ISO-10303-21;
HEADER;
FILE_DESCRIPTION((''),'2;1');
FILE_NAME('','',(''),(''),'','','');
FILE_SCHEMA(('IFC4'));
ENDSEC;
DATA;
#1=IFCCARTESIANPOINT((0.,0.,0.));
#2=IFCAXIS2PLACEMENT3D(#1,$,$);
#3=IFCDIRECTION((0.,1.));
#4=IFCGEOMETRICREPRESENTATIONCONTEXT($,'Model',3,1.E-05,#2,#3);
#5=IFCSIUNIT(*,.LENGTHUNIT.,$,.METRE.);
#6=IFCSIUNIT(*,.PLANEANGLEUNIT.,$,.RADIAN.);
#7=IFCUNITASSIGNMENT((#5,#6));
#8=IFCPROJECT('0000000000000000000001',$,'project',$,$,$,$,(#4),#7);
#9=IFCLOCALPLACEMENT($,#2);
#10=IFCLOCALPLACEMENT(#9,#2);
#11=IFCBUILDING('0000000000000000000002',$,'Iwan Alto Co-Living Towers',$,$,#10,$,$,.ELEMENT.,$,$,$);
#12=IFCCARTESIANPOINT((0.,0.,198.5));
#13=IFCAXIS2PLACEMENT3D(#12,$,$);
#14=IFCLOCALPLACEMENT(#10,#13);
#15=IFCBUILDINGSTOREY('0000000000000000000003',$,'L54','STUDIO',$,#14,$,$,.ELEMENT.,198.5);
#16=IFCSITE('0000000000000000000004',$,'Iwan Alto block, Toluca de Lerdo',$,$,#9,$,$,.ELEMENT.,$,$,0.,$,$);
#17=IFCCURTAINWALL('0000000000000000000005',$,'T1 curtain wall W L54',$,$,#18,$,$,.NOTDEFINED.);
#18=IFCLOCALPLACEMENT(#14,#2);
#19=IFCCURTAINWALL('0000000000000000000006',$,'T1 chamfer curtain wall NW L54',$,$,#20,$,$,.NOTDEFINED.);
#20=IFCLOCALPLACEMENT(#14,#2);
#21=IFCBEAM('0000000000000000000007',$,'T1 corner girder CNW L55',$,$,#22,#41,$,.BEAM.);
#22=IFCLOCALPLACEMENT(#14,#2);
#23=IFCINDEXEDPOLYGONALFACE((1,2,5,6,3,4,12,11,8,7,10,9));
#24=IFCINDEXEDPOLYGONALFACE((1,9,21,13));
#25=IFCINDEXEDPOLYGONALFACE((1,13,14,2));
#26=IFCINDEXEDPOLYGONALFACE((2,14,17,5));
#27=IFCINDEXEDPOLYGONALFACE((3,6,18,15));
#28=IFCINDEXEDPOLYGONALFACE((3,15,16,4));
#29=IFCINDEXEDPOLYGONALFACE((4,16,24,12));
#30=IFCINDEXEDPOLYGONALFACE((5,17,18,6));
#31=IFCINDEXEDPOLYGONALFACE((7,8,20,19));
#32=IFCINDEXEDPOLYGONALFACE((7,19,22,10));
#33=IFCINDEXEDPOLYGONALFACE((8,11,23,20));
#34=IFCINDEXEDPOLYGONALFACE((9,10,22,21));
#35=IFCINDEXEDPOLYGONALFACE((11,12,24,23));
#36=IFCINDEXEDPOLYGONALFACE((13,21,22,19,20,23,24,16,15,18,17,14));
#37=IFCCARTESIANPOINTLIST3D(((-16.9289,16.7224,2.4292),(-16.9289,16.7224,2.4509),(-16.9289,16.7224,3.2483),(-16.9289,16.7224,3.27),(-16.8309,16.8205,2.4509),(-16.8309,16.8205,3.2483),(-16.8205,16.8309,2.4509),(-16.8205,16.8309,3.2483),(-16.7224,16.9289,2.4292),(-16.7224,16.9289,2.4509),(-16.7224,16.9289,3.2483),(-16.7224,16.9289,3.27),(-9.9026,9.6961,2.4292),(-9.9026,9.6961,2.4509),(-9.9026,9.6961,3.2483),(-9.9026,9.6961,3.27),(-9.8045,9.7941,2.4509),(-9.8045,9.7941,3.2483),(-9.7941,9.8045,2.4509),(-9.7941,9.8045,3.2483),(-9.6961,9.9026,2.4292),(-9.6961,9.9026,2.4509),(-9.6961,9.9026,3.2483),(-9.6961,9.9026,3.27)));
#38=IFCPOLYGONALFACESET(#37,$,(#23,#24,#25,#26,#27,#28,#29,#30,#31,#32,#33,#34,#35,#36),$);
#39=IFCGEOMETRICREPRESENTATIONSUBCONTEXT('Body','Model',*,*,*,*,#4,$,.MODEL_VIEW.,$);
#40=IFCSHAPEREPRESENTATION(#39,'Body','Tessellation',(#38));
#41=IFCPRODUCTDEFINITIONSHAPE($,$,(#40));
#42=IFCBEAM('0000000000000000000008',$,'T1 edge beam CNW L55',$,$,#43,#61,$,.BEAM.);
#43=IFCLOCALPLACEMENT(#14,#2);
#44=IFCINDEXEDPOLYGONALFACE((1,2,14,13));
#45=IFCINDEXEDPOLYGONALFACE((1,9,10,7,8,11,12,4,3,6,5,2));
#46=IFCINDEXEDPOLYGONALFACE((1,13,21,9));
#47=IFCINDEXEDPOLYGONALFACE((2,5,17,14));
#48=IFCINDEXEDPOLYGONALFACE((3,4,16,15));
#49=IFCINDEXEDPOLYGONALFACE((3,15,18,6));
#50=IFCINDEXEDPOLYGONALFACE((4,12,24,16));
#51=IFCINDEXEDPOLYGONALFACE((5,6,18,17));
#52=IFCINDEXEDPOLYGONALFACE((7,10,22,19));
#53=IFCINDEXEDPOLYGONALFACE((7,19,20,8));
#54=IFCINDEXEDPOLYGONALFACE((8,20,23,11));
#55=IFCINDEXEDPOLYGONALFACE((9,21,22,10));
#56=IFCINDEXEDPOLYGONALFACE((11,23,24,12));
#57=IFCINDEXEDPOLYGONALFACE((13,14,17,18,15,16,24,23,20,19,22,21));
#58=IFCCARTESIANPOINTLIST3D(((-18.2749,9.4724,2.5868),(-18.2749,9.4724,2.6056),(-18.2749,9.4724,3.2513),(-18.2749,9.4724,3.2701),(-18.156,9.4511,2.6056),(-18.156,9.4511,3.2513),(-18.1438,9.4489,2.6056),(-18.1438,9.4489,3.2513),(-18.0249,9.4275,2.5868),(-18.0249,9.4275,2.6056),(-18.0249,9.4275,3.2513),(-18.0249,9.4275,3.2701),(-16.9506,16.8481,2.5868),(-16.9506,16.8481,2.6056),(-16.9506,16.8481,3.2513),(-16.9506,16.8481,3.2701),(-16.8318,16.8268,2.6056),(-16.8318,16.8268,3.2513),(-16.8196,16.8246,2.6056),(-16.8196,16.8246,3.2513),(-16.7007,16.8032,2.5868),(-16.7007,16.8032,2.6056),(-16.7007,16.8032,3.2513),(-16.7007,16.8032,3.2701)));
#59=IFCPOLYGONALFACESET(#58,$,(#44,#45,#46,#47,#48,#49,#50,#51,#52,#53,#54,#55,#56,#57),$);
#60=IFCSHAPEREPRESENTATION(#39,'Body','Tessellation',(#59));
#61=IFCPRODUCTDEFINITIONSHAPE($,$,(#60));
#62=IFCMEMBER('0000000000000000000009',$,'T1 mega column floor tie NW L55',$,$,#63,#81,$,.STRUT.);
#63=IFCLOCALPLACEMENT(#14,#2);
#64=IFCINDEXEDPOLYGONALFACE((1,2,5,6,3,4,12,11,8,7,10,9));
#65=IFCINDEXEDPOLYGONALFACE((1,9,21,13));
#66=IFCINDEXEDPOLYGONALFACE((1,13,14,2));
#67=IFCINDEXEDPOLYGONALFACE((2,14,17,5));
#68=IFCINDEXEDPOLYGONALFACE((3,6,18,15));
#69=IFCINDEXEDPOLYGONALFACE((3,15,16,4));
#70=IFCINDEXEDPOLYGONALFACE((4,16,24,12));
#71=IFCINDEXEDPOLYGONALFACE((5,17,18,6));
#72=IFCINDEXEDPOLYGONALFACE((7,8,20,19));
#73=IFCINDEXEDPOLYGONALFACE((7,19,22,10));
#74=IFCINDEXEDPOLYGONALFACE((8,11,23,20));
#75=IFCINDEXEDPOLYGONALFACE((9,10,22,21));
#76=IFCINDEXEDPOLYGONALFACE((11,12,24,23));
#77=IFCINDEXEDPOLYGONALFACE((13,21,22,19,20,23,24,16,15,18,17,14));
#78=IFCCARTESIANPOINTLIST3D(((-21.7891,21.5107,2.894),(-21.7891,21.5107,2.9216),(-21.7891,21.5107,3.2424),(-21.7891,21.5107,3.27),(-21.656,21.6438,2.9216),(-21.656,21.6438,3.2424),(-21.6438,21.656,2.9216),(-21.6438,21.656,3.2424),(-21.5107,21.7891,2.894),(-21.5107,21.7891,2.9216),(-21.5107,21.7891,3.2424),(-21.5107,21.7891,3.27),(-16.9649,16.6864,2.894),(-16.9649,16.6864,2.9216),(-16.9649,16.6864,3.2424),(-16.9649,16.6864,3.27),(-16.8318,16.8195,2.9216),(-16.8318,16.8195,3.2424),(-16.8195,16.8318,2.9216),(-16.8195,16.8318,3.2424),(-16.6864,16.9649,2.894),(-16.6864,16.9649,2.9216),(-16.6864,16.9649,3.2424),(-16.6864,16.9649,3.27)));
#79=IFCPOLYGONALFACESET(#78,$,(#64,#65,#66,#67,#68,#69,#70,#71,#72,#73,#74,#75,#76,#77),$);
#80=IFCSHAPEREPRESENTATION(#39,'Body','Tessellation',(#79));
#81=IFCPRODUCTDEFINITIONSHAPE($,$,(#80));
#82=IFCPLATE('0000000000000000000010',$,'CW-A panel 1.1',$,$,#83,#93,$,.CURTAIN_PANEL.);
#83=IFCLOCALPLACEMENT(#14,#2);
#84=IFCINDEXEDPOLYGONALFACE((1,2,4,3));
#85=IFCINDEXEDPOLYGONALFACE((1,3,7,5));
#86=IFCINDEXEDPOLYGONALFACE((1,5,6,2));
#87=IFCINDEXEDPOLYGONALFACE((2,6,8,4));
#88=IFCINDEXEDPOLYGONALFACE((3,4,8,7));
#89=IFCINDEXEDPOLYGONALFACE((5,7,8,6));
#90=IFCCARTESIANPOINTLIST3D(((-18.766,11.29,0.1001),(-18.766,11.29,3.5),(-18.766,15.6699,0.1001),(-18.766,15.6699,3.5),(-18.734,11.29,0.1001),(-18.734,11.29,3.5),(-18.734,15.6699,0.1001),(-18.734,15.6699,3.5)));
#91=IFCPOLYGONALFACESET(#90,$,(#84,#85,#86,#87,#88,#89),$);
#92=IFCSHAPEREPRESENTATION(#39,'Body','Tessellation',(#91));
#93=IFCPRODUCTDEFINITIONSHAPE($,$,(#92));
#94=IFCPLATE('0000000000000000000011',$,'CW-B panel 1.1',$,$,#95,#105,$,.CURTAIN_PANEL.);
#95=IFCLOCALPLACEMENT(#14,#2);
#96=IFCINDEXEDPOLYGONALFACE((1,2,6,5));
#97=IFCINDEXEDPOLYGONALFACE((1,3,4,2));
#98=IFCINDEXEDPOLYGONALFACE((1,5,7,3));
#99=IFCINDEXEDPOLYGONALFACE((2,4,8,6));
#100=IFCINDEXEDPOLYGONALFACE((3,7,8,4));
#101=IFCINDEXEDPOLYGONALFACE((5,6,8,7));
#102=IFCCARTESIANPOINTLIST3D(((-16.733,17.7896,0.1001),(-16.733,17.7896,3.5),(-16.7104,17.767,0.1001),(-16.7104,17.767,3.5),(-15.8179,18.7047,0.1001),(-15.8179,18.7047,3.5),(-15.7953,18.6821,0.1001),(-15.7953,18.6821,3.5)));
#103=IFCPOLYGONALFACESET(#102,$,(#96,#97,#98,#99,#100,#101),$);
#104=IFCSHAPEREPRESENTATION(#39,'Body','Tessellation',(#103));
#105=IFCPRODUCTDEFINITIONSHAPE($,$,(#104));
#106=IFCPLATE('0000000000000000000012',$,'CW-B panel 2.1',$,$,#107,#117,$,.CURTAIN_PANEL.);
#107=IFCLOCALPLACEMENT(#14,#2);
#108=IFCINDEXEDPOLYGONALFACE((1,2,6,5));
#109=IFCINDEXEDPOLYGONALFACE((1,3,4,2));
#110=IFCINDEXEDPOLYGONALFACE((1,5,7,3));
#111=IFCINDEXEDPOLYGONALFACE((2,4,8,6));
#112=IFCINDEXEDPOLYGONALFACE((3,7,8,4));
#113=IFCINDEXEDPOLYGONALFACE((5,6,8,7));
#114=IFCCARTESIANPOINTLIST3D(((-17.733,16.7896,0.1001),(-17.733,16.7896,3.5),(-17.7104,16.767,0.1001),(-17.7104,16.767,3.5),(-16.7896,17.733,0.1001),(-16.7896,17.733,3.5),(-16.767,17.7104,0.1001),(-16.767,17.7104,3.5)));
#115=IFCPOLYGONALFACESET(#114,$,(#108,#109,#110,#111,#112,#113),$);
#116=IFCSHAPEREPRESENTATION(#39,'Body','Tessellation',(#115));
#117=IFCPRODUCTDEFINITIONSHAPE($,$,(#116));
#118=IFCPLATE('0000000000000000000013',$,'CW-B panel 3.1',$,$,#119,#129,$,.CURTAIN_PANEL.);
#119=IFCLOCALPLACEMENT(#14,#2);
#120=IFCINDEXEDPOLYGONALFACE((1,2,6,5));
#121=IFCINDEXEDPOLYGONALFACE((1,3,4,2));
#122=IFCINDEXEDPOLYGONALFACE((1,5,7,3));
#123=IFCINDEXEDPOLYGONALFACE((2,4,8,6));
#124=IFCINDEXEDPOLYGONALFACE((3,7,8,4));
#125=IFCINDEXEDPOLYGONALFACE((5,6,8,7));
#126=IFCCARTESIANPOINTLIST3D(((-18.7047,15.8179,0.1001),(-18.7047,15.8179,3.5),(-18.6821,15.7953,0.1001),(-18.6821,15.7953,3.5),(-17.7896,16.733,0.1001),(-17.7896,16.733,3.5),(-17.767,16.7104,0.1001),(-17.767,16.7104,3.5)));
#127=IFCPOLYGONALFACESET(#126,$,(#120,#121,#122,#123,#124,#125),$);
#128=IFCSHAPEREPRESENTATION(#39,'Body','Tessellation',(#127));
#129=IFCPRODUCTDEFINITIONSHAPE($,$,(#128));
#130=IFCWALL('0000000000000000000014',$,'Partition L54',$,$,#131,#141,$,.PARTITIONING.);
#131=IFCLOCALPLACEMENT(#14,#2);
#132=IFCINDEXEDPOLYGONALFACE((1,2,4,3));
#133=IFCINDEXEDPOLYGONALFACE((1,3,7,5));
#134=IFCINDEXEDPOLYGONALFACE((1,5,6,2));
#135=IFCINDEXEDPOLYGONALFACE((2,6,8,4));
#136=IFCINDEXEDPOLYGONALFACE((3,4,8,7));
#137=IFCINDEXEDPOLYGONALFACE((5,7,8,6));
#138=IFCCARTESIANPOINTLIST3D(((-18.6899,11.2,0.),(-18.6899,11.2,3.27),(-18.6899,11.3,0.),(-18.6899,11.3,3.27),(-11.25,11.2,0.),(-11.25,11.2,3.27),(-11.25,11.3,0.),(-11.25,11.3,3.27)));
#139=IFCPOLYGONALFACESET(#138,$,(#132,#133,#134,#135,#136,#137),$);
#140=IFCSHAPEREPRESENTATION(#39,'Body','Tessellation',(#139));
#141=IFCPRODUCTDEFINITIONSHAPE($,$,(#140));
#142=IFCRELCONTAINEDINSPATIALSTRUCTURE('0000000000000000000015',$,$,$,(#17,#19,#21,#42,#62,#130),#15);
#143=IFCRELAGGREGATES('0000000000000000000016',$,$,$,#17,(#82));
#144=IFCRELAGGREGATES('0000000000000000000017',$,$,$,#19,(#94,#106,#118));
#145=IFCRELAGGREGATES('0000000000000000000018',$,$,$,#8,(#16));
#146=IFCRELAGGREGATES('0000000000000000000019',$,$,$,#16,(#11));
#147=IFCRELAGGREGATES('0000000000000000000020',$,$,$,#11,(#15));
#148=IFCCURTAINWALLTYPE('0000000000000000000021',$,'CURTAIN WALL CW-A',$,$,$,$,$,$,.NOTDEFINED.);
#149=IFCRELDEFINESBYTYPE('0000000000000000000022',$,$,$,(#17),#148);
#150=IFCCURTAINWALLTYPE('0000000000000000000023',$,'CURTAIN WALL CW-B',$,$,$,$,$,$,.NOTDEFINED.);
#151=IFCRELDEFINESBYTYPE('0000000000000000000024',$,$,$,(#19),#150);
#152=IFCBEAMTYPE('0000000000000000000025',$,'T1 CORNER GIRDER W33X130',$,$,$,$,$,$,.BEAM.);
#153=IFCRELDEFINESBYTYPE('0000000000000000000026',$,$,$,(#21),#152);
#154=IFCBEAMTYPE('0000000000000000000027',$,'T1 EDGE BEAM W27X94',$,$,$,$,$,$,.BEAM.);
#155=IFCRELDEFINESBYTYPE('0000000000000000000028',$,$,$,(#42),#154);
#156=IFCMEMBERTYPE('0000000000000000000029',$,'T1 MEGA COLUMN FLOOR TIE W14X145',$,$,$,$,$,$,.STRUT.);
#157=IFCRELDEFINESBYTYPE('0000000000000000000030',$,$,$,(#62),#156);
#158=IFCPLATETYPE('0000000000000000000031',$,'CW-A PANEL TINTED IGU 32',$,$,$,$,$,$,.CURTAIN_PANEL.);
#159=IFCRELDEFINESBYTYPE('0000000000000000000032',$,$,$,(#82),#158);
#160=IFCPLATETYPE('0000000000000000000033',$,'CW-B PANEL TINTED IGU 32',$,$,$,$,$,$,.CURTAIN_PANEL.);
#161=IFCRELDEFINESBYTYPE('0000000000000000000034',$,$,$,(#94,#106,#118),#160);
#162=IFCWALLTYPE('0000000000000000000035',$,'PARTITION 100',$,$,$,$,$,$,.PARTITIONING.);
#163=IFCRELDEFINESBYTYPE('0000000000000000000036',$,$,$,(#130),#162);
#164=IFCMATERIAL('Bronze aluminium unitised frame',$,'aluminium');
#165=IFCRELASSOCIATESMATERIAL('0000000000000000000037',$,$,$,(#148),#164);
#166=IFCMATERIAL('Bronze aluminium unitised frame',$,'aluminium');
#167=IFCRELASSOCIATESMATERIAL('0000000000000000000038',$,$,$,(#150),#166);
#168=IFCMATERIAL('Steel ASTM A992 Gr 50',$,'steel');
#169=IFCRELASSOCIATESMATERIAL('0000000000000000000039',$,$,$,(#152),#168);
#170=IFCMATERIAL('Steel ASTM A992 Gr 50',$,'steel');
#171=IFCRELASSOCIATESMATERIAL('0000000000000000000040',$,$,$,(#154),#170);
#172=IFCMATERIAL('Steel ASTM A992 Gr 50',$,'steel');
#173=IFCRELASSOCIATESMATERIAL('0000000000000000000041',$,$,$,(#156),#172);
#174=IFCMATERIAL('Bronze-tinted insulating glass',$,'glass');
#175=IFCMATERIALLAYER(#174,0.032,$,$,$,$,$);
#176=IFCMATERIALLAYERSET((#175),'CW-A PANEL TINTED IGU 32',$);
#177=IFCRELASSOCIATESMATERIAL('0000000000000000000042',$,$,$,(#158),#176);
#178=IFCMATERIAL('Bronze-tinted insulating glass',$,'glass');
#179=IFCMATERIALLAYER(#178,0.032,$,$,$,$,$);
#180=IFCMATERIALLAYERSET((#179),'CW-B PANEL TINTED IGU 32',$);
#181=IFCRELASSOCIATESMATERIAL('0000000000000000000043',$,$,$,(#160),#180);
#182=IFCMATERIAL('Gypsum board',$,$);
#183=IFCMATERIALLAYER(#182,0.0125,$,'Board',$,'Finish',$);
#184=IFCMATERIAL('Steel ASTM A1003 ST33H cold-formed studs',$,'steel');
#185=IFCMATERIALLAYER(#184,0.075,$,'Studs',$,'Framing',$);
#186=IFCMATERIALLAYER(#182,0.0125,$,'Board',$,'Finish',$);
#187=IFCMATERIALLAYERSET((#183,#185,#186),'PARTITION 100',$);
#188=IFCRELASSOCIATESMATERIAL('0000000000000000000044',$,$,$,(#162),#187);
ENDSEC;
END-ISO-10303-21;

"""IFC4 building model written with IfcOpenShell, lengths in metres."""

from ifc_helpers import new_model, si_unit, direction, frame, frame_2d, origin, origin_2d, place, context, subcontext, project, spatial, rectangle, i_section, extrude, material, layer, layer_set, material_profile, profile_set, type_object, element, aggregate, save


model = new_model("IFC4")

# Units and contexts
model_context = context("Model", 3, precision=1e-05, world=origin(), true_north=direction((0.0, 1.0)))
body_context = subcontext(model_context, "Body", "Model", "MODEL_VIEW")
ifc_project = project(units=[si_unit("LENGTHUNIT", "METRE"), si_unit("PLANEANGLEUNIT", "RADIAN")], contexts=[model_context])

# Site, building, storey
site_placement = place(None, origin())
site = spatial("IfcSite", under=ifc_project, at=site_placement, Name="Iwan Alto block, Toluca de Lerdo", CompositionType="ELEMENT", RefElevation=0.0)
building_placement = place(site_placement, origin())
building = spatial("IfcBuilding", under=site, at=building_placement, Name="Iwan Alto Co-Living Towers", CompositionType="ELEMENT")
storey_placement = place(building_placement, frame((0.0, 0.0, 198.5)))
storey = spatial("IfcBuildingStorey", under=building, at=storey_placement, Name="L54", Description="STUDIO", CompositionType="ELEMENT", Elevation=198.5)

# Shared definitions
ifc_material_1 = material(Name="Bronze aluminium unitised frame", Category="aluminium")
curtain_wall_type_1 = type_object("IfcCurtainWallType", Name="CURTAIN WALL CW-A", PredefinedType="NOTDEFINED", material=ifc_material_1)

# Curtain walls
curtain_wall_1_placement = place(storey_placement, origin())
curtain_wall_1 = element("IfcCurtainWall", 1, at=curtain_wall_1_placement, inside=storey, type_object=curtain_wall_type_1, Name="T1 curtain wall W L54", PredefinedType="NOTDEFINED")
ifc_material_2 = material(Name="Bronze aluminium unitised frame", Category="aluminium")
curtain_wall_type_2 = type_object("IfcCurtainWallType", Name="CURTAIN WALL CW-B", PredefinedType="NOTDEFINED", material=ifc_material_2)
curtain_wall_2_placement = place(storey_placement, origin())
curtain_wall_2 = element("IfcCurtainWall", 2, at=curtain_wall_2_placement, inside=storey, type_object=curtain_wall_type_2, Name="T1 chamfer curtain wall NW L54", PredefinedType="NOTDEFINED")

# Beams
ifc_material_3 = material(Name="Steel ASTM A992 Gr 50", Category="steel")
ifc_material_profile_1 = material_profile(ifc_material_3, i_section(OverallWidth=0.292, OverallDepth=0.8408, WebThickness=0.0146, FlangeThickness=0.0217, at=origin_2d()), Name="W33X130")
ifc_profile_set_1 = profile_set([ifc_material_profile_1], Name="Steel ASTM A992 Gr 50")
beam_type_1 = type_object("IfcBeamType", Name="T1 CORNER GIRDER W33X130", PredefinedType="BEAM", material=ifc_profile_set_1)
beam_1_placement = place(storey_placement, frame((-16.8257, 16.8257, 2.8496), z_axis=(0.707107, -0.707107, 0.0), x_axis=(0.707107, 0.707107, 0.0)))
element("IfcBeam", 3, at=beam_1_placement, inside=storey, type_object=beam_type_1, Name="T1 corner girder CNW L55", PredefinedType="BEAM", context=body_context, shape_type="SweptSolid", body=[
    extrude(i_section(OverallWidth=0.292, OverallDepth=0.8408, WebThickness=0.0146, FlangeThickness=0.0217, at=origin_2d()), origin(), (0.0, 0.0, 1.0), 9.9368),
])
ifc_material_4 = material(Name="Steel ASTM A992 Gr 50", Category="steel")
ifc_material_profile_2 = material_profile(ifc_material_4, i_section(OverallWidth=0.2539, OverallDepth=0.6833, WebThickness=0.0125, FlangeThickness=0.0188, at=origin_2d()), Name="W27X94")
ifc_profile_set_2 = profile_set([ifc_material_profile_2], Name="Steel ASTM A992 Gr 50")
beam_type_2 = type_object("IfcBeamType", Name="T1 EDGE BEAM W27X94", PredefinedType="BEAM", material=ifc_profile_set_2)
beam_2_placement = place(storey_placement, frame((-16.8257, 16.8257, 2.9285), z_axis=(-0.176712, -0.984263, 0.0), x_axis=(0.984263, -0.176712, 0.0)))
element("IfcBeam", 4, at=beam_2_placement, inside=storey, type_object=beam_type_2, Name="T1 edge beam CNW L55", PredefinedType="BEAM", context=body_context, shape_type="SweptSolid", body=[
    extrude(i_section(OverallWidth=0.2539, OverallDepth=0.6833, WebThickness=0.0125, FlangeThickness=0.0188, at=origin_2d()), origin(), (0.0, 0.0, 1.0), 7.4937),
])

# Member
ifc_material_5 = material(Name="Steel ASTM A992 Gr 50", Category="steel")
ifc_material_profile_3 = material_profile(ifc_material_5, i_section(OverallWidth=0.3938, OverallDepth=0.376, WebThickness=0.0173, FlangeThickness=0.0276, at=origin_2d()), Name="W14X145")
ifc_profile_set_3 = profile_set([ifc_material_profile_3], Name="Steel ASTM A992 Gr 50")
member_type_1 = type_object("IfcMemberType", Name="T1 MEGA COLUMN FLOOR TIE W14X145", PredefinedType="STRUT", material=ifc_profile_set_3)
member_1_placement = place(storey_placement, frame((-21.6499, 21.6499, 3.082), z_axis=(0.707107, -0.707107, 0.0), x_axis=(0.707107, 0.707107, 0.0)))
element("IfcMember", 5, at=member_1_placement, inside=storey, type_object=member_type_1, Name="T1 mega column floor tie NW L55", PredefinedType="STRUT", context=body_context, shape_type="SweptSolid", body=[
    extrude(i_section(OverallWidth=0.3938, OverallDepth=0.376, WebThickness=0.0173, FlangeThickness=0.0276, at=origin_2d()), origin(), (0.0, 0.0, 1.0), 6.8225),
])

# Plates
ifc_material_6 = material(Name="Bronze-tinted insulating glass", Category="glass")
ifc_layer_1 = layer(ifc_material_6, 0.032)
ifc_layer_set_1 = layer_set([ifc_layer_1], Name="CW-A PANEL TINTED IGU 32")
plate_type_1 = type_object("IfcPlateType", Name="CW-A PANEL TINTED IGU 32", PredefinedType="CURTAIN_PANEL", material=ifc_layer_set_1)
plate_1_placement = place(storey_placement, frame((-18.75, 13.48, 0.1001), z_axis=(0.0, 0.0, 1.0), x_axis=(0.0, -1.0, 0.0)))
plate_1 = element("IfcPlate", 6, at=plate_1_placement, type_object=plate_type_1, Name="CW-A panel 1.1", PredefinedType="CURTAIN_PANEL", context=body_context, shape_type="SweptSolid", body=[
    extrude(rectangle(XDim=4.3799, YDim=0.032, at=origin_2d()), origin(), (0.0, 0.0, 1.0), 3.3999),
])
aggregate(curtain_wall_1, [plate_1])
ifc_material_7 = material(Name="Bronze-tinted insulating glass", Category="glass")
ifc_layer_2 = layer(ifc_material_7, 0.032)
ifc_layer_set_2 = layer_set([ifc_layer_2], Name="CW-B PANEL TINTED IGU 32")
plate_type_2 = type_object("IfcPlateType", Name="CW-B PANEL TINTED IGU 32", PredefinedType="CURTAIN_PANEL", material=ifc_layer_set_2)
plate_2_placement = place(storey_placement, frame((-16.2642, 18.2358, 0.1001), z_axis=(0.0, 0.0, 1.0), x_axis=(-0.707107, -0.707107, 0.0)))
plate_2 = element("IfcPlate", 7, at=plate_2_placement, type_object=plate_type_2, Name="CW-B panel 1.1", PredefinedType="CURTAIN_PANEL", context=body_context, shape_type="SweptSolid", body=[
    extrude(rectangle(XDim=1.2942, YDim=0.032, at=origin_2d()), origin(), (0.0, 0.0, 1.0), 3.3999),
])
plate_3_placement = place(storey_placement, frame((-17.25, 17.25, 0.1001), z_axis=(0.0, 0.0, 1.0), x_axis=(-0.707107, -0.707107, 0.0)))
plate_3 = element("IfcPlate", 8, at=plate_3_placement, type_object=plate_type_2, Name="CW-B panel 2.1", PredefinedType="CURTAIN_PANEL", context=body_context, shape_type="SweptSolid", body=[
    extrude(rectangle(XDim=1.3342, YDim=0.032, at=origin_2d()), origin(), (0.0, 0.0, 1.0), 3.3999),
])
plate_4_placement = place(storey_placement, frame((-18.2358, 16.2642, 0.1001), z_axis=(0.0, 0.0, 1.0), x_axis=(-0.707107, -0.707107, 0.0)))
plate_4 = element("IfcPlate", 9, at=plate_4_placement, type_object=plate_type_2, Name="CW-B panel 3.1", PredefinedType="CURTAIN_PANEL", context=body_context, shape_type="SweptSolid", body=[
    extrude(rectangle(XDim=1.2942, YDim=0.032, at=origin_2d()), origin(), (0.0, 0.0, 1.0), 3.3999),
])
aggregate(curtain_wall_2, [plate_2, plate_3, plate_4])

# Wall
ifc_material_8 = material(Name="Gypsum board")
ifc_layer_3 = layer(ifc_material_8, 0.0125, Name="Board", Category="Finish")
ifc_material_9 = material(Name="Steel ASTM A1003 ST33H cold-formed studs", Category="steel")
ifc_layer_4 = layer(ifc_material_9, 0.075, Name="Studs", Category="Framing")
ifc_layer_5 = layer(ifc_material_8, 0.0125, Name="Board", Category="Finish")
ifc_layer_set_3 = layer_set([ifc_layer_3, ifc_layer_4, ifc_layer_5], Name="PARTITION 100")
wall_type = type_object("IfcWallType", Name="PARTITION 100", PredefinedType="PARTITIONING", material=ifc_layer_set_3)
wall_placement = place(storey_placement, frame((-18.6899, 11.25, 0.0), z_axis=(0.0, 0.0, 1.0), x_axis=(1.0, 0.0, 0.0)))
element("IfcWall", 10, at=wall_placement, inside=storey, type_object=wall_type, Name="Partition L54", PredefinedType="PARTITIONING", context=body_context, shape_type="SweptSolid", body=[
    extrude(rectangle(XDim=7.4399, YDim=0.1001, at=frame_2d((3.72, 0.0))), origin(), (0.0, 0.0, 1.0), 3.27),
])

save(model, "model.ifc")
